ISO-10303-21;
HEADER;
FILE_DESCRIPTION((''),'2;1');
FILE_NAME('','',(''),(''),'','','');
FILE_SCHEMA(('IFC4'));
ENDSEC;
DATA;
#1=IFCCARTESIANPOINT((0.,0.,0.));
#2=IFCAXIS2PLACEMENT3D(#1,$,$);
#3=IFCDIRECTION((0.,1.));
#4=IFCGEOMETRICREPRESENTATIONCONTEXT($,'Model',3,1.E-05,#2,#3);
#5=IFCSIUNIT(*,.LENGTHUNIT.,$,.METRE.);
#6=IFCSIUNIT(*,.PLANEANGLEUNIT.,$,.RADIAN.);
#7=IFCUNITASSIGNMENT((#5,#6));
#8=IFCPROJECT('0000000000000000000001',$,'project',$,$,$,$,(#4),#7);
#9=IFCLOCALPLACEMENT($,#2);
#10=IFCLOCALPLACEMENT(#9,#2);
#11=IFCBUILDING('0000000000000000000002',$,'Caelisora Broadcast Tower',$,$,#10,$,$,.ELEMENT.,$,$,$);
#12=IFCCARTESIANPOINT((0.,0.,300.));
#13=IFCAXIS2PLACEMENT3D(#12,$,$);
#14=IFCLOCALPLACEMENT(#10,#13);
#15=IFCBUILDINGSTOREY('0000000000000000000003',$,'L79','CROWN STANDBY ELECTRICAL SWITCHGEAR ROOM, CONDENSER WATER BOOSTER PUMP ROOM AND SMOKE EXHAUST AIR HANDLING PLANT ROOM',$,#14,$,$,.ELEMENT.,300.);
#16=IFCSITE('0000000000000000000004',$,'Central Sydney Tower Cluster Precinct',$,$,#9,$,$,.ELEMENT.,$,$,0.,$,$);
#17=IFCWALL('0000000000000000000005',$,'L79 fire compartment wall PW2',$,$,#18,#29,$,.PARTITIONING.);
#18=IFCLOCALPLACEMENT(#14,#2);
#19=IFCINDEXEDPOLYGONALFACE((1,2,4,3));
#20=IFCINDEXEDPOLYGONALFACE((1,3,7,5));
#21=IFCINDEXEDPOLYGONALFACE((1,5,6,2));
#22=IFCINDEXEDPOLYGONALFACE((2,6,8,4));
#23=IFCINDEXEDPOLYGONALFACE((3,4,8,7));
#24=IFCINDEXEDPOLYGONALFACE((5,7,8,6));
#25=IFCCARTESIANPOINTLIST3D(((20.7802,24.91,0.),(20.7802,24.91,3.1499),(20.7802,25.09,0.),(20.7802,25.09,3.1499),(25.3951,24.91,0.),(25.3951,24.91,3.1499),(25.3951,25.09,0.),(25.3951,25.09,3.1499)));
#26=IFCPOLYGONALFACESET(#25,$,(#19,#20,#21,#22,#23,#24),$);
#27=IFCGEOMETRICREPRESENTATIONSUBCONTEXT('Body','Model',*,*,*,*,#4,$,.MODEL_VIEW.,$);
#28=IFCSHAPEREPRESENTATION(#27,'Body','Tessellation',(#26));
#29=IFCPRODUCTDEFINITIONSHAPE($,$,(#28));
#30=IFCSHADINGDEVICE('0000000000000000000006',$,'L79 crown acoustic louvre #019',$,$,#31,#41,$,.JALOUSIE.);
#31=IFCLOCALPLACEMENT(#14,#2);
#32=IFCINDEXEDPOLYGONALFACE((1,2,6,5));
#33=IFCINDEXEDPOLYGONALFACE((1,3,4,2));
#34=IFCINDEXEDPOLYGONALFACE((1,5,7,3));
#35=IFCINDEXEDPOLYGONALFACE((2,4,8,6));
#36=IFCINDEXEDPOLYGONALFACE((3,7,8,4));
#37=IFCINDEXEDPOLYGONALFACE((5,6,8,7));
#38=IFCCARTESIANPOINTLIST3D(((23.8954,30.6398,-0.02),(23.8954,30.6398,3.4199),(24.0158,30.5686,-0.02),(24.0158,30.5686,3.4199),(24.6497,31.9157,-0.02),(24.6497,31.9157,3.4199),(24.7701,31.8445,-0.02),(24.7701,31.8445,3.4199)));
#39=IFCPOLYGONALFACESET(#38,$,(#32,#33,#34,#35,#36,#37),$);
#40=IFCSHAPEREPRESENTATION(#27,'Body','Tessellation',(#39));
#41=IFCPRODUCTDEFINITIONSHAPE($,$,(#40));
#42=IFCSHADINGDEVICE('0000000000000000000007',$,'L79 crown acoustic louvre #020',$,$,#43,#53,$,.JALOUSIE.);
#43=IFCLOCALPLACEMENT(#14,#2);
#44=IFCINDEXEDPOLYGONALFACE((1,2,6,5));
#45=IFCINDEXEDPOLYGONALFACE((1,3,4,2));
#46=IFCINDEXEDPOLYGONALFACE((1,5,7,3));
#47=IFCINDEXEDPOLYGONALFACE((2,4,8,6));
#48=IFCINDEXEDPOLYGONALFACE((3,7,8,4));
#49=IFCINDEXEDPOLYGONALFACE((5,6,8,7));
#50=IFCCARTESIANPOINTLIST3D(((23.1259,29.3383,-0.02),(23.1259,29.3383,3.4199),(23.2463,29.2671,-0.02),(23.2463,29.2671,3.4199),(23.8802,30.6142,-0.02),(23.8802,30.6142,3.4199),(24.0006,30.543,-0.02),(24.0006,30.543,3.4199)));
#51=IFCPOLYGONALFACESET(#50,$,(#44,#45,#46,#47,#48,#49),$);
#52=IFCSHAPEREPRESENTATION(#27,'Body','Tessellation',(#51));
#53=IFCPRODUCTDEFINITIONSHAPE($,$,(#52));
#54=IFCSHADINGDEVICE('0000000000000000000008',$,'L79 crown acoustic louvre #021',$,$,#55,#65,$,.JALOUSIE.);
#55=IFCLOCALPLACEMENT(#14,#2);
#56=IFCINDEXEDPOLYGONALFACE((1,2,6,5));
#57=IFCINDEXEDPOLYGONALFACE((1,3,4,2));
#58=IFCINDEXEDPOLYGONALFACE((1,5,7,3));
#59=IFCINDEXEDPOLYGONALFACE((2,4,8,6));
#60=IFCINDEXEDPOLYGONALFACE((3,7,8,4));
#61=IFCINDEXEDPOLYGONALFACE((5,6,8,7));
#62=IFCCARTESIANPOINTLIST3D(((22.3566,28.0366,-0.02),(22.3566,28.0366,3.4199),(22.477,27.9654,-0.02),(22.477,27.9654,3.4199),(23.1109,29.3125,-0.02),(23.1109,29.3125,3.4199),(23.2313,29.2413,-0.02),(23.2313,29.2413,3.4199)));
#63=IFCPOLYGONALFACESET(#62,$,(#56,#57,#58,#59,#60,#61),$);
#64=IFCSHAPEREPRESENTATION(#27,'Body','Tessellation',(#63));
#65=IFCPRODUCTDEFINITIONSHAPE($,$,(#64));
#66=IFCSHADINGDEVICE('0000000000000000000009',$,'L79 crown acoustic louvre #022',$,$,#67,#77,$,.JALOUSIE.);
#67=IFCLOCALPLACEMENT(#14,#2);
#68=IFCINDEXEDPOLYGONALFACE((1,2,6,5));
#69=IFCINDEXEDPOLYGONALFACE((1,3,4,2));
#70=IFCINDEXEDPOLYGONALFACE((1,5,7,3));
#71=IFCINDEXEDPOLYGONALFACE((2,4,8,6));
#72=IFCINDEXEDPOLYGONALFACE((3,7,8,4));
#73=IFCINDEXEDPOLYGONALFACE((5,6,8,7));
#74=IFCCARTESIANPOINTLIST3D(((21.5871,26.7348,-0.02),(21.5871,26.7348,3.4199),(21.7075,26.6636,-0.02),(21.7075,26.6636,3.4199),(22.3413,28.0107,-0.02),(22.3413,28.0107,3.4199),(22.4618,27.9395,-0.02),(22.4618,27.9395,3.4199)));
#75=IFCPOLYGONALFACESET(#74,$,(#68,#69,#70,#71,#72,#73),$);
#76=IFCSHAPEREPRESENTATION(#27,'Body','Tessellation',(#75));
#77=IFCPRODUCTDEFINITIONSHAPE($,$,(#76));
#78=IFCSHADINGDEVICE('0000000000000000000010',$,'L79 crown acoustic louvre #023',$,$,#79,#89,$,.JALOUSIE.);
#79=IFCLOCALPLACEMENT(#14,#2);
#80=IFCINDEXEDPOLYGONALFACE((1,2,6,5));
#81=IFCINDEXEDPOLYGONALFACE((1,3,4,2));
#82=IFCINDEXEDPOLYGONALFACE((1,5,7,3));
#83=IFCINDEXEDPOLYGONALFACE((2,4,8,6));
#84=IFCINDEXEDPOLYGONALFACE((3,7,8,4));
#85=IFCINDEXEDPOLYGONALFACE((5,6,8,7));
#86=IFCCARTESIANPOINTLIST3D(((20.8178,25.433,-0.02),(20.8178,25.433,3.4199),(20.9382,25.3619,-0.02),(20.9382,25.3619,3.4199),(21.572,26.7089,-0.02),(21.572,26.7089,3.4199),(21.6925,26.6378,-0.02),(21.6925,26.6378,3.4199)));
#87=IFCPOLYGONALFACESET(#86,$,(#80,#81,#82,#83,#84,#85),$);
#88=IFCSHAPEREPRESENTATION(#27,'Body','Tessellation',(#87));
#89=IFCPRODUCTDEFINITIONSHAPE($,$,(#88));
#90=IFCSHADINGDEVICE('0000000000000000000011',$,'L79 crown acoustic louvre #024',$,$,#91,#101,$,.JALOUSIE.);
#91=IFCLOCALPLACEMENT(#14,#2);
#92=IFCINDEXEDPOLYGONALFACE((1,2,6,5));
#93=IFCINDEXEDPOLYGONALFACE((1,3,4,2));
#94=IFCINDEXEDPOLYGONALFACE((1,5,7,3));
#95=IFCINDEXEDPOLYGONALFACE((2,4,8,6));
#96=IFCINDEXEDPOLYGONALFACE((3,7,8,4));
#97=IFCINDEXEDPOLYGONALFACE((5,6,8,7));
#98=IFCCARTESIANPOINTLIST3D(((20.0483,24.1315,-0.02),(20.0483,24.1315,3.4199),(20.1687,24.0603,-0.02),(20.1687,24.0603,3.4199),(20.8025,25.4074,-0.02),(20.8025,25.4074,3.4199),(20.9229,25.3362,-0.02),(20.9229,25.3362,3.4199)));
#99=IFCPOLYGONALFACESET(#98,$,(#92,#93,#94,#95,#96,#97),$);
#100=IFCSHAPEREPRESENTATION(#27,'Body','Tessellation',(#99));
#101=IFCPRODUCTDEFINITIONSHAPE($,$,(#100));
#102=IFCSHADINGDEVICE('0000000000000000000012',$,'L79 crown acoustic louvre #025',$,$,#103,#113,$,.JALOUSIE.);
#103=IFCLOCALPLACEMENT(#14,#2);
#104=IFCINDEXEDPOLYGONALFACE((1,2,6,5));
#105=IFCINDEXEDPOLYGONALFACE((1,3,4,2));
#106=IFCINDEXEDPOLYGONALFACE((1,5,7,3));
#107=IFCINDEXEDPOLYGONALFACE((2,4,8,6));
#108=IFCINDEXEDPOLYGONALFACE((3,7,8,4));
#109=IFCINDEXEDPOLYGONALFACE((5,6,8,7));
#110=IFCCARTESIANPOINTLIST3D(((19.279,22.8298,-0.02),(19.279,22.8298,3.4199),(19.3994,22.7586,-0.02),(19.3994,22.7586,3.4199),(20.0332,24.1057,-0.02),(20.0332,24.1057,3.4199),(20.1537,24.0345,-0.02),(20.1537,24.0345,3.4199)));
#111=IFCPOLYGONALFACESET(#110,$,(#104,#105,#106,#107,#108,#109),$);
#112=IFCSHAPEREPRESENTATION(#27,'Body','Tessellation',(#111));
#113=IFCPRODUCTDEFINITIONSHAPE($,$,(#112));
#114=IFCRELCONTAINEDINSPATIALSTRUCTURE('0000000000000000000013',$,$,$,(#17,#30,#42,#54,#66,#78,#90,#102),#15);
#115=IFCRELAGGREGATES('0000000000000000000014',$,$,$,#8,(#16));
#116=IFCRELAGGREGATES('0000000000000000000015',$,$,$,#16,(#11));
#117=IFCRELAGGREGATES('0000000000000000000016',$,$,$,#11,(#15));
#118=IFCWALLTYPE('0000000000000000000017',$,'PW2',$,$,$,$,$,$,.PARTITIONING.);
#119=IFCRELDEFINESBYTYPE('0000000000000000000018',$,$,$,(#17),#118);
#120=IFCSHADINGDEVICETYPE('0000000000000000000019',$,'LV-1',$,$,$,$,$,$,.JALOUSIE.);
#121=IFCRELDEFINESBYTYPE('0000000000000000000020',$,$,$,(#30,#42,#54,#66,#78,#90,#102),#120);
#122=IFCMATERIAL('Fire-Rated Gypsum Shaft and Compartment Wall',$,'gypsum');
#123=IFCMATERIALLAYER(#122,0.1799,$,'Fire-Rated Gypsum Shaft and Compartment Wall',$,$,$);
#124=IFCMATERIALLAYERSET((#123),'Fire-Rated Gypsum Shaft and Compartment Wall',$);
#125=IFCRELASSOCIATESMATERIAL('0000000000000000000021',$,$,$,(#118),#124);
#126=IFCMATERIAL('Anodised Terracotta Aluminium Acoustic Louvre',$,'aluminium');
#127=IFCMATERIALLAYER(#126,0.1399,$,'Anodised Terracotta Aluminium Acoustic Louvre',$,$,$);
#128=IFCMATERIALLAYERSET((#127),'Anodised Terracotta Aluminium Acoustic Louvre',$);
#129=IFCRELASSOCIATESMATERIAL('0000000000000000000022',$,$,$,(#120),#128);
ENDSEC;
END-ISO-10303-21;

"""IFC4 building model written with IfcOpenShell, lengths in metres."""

from ifc_helpers import new_model, si_unit, direction, frame, frame_2d, origin, origin_2d, place, context, subcontext, project, spatial, rectangle, extrude, source, transform, mapped, material, layer, layer_set, type_object, type_shapes, element, save


model = new_model("IFC4")

# Units and contexts
model_context = context("Model", 3, precision=1e-05, world=origin(), true_north=direction((0.0, 1.0)))
body_context = subcontext(model_context, "Body", "Model", "MODEL_VIEW")
ifc_project = project(units=[si_unit("LENGTHUNIT", "METRE"), si_unit("PLANEANGLEUNIT", "RADIAN")], contexts=[model_context])

# Site, building, storey
site_placement = place(None, origin())
site = spatial("IfcSite", under=ifc_project, at=site_placement, Name="Central Sydney Tower Cluster Precinct", CompositionType="ELEMENT", RefElevation=0.0)
building_placement = place(site_placement, origin())
building = spatial("IfcBuilding", under=site, at=building_placement, Name="Caelisora Broadcast Tower", CompositionType="ELEMENT")
storey_placement = place(building_placement, frame((0.0, 0.0, 300.0)))
storey = spatial("IfcBuildingStorey", under=building, at=storey_placement, Name="L79", Description="CROWN STANDBY ELECTRICAL SWITCHGEAR ROOM, CONDENSER WATER BOOSTER PUMP ROOM AND SMOKE EXHAUST AIR HANDLING PLANT ROOM", CompositionType="ELEMENT", Elevation=300.0)

# Shared definitions
ifc_material_1 = material(Name="Fire-Rated Gypsum Shaft and Compartment Wall", Category="gypsum")
ifc_layer_1 = layer(ifc_material_1, 0.1799, Name="Fire-Rated Gypsum Shaft and Compartment Wall")
ifc_layer_set_1 = layer_set([ifc_layer_1], Name="Fire-Rated Gypsum Shaft and Compartment Wall")
wall_type = type_object("IfcWallType", Name="PW2", PredefinedType="PARTITIONING", material=ifc_layer_set_1)

# Wall
wall_1_placement = place(storey_placement, frame((20.78, 25.0, 0.0), z_axis=(0.0, 0.0, 1.0), x_axis=(1.0, 0.0, 0.0)))
element("IfcWall", 1, at=wall_1_placement, inside=storey, type_object=wall_type, Name="L79 fire compartment wall PW2", PredefinedType="PARTITIONING", context=body_context, shape_type="SweptSolid", body=[
    extrude(rectangle(XDim=4.615, YDim=0.1799, at=frame_2d((2.3076, 0.0))), origin(), (0.0, 0.0, 1.0), 3.1499),
])

# Shading devices
ifc_material_2 = material(Name="Anodised Terracotta Aluminium Acoustic Louvre", Category="aluminium")
ifc_layer_2 = layer(ifc_material_2, 0.1399, Name="Anodised Terracotta Aluminium Acoustic Louvre")
ifc_layer_set_2 = layer_set([ifc_layer_2], Name="Anodised Terracotta Aluminium Acoustic Louvre")
shading_device_type = type_object("IfcShadingDeviceType", Name="LV-1", PredefinedType="JALOUSIE", material=ifc_layer_set_2)
shared_shape_1 = source(origin(), body_context, "Body", "SweptSolid", [
    extrude(rectangle(XDim=1.4822, YDim=0.1399, at=origin_2d()), origin(), (0.0, 0.0, 1.0), 3.4399),
])
type_shapes(shading_device_type, [shared_shape_1])
for number, where, z_axis, x_axis, name in (
    (2, (24.3328, 31.2422, -0.02), (0.0, 0.0, 1.0), (-0.508891, -0.860831, 0.0), "L79 crown acoustic louvre #019"),
    (3, (23.5632, 29.9407, -0.02), (0.0, 0.0, 1.0), (-0.508891, -0.860831, 0.0), "L79 crown acoustic louvre #020"),
    (4, (22.7939, 28.6389, -0.02), (0.0, 0.0, 1.0), (-0.508891, -0.860831, 0.0), "L79 crown acoustic louvre #021"),
    (5, (22.0244, 27.3372, -0.02), (0.0, 0.0, 1.0), (-0.508891, -0.860831, 0.0), "L79 crown acoustic louvre #022"),
    (6, (21.2551, 26.0354, -0.02), (0.0, 0.0, 1.0), (-0.508891, -0.860831, 0.0), "L79 crown acoustic louvre #023"),
    (7, (20.4856, 24.7339, -0.02), (0.0, 0.0, 1.0), (-0.508891, -0.860831, 0.0), "L79 crown acoustic louvre #024"),
    (8, (19.7163, 23.4321, -0.02), (0.0, 0.0, 1.0), (-0.508891, -0.860831, 0.0), "L79 crown acoustic louvre #025"),
):
    element("IfcShadingDevice", number, at=place(storey_placement, frame(where, z_axis=z_axis, x_axis=x_axis)), inside=storey, type_object=shading_device_type, Name=name, PredefinedType="JALOUSIE", context=body_context, shape_type="MappedRepresentation", body=[
        mapped(shared_shape_1, transform((0.0, 0.0, 0.0), scale=1.0)),
    ])

save(model, "model.ifc")
